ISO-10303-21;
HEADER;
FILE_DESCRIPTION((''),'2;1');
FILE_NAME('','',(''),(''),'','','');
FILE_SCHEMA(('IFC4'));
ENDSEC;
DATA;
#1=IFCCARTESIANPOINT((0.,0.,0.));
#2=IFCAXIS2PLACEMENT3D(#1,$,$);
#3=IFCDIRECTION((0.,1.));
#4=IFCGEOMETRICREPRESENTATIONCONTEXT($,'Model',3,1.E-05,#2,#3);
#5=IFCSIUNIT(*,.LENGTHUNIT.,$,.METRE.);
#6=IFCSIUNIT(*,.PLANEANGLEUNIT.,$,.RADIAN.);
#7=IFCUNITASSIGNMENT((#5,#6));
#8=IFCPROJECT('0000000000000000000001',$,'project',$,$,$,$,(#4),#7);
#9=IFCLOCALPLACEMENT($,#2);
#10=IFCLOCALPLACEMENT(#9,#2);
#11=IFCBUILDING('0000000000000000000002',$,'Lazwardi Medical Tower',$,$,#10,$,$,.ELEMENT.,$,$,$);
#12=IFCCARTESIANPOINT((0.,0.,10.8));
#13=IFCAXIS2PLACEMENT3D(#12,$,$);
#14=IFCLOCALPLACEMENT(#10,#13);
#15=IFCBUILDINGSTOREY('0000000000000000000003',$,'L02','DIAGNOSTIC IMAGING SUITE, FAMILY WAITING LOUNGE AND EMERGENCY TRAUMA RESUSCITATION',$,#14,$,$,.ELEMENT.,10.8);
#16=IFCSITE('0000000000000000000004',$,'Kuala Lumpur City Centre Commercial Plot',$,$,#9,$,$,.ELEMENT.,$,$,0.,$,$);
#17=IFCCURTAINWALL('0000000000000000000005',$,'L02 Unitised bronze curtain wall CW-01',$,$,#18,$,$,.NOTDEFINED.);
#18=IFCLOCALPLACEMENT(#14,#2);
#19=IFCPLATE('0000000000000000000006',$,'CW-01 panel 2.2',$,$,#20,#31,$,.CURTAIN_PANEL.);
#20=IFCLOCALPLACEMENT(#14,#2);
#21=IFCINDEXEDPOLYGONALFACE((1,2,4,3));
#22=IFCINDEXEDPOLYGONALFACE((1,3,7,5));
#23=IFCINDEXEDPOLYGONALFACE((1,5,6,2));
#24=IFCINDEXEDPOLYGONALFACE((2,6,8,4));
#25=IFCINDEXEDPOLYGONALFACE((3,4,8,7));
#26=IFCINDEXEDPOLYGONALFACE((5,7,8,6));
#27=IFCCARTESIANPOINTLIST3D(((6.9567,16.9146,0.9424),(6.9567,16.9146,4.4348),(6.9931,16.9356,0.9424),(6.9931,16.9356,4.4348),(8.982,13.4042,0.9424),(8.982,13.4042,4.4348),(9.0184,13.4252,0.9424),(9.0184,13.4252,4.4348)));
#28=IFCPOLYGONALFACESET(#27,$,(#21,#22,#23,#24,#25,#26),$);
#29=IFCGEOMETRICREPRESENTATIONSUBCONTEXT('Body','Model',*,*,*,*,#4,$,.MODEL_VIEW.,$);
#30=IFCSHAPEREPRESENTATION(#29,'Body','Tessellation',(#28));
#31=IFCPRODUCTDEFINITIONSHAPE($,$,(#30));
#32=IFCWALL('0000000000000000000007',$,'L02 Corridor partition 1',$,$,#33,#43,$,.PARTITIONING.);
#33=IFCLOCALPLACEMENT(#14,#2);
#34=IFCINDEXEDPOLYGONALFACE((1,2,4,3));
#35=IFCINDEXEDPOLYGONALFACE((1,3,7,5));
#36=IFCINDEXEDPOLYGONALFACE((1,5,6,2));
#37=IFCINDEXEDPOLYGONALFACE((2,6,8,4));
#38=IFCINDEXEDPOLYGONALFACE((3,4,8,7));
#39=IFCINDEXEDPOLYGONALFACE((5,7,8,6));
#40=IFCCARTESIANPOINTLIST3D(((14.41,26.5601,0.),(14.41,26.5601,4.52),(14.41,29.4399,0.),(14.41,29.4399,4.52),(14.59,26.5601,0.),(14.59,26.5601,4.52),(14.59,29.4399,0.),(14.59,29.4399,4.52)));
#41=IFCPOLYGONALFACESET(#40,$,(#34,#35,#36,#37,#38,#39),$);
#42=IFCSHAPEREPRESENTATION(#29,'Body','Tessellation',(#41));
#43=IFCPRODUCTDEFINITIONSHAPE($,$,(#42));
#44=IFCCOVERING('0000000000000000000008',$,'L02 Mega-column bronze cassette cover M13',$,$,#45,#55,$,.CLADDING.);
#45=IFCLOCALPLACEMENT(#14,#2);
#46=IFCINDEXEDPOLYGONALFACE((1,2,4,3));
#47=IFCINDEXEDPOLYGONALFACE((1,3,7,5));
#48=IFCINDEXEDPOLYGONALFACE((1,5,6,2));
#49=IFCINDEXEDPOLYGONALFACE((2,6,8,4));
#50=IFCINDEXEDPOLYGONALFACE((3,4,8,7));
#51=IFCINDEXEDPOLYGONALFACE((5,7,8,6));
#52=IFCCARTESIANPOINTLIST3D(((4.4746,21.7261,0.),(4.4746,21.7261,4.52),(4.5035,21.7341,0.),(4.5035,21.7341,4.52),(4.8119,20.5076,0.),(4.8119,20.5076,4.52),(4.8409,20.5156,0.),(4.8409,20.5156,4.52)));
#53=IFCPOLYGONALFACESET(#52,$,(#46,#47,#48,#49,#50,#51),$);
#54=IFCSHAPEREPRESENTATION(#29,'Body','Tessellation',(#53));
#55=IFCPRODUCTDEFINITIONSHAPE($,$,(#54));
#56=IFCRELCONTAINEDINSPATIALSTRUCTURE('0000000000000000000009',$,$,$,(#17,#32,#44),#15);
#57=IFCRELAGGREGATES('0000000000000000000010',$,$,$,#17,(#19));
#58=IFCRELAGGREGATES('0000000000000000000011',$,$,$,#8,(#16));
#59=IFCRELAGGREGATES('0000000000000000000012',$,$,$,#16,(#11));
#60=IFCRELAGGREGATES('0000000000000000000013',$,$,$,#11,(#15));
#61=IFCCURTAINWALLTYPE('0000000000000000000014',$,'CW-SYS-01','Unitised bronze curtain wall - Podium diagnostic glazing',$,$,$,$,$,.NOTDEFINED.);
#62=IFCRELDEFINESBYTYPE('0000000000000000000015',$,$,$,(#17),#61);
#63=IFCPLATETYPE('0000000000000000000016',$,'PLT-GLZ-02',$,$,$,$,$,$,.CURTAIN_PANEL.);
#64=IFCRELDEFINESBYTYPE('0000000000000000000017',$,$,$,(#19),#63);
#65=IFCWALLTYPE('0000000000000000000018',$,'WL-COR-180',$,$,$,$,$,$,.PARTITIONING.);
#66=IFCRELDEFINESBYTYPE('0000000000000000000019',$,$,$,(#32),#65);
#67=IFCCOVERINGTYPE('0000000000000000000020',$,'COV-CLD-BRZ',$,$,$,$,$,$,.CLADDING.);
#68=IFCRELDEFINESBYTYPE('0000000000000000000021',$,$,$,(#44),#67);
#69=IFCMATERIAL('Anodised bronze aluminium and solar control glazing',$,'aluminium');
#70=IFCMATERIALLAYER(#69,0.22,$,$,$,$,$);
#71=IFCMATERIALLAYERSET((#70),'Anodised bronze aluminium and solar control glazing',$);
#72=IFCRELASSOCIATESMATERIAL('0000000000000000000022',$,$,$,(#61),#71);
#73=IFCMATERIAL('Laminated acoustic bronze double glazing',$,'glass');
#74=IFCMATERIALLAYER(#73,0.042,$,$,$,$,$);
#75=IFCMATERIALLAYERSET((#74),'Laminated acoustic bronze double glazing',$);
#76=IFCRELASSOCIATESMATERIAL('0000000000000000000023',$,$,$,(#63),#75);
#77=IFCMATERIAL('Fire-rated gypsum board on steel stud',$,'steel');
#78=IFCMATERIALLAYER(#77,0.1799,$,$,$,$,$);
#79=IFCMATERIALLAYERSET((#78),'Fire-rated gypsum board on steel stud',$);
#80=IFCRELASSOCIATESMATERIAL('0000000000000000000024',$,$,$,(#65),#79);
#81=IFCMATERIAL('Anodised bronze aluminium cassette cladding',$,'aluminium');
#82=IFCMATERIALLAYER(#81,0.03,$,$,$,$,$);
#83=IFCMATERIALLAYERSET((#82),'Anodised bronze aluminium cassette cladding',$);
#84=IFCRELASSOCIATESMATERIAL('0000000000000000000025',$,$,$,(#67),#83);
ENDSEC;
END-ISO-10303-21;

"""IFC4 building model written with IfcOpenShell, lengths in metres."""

from ifc_helpers import new_model, si_unit, direction, frame, frame_2d, origin, origin_2d, place, context, subcontext, project, spatial, rectangle, extrude, material, layer, layer_set, type_object, element, aggregate, save


model = new_model("IFC4")

# Units and contexts
model_context = context("Model", 3, precision=1e-05, world=origin(), true_north=direction((0.0, 1.0)))
body_context = subcontext(model_context, "Body", "Model", "MODEL_VIEW")
ifc_project = project(units=[si_unit("LENGTHUNIT", "METRE"), si_unit("PLANEANGLEUNIT", "RADIAN")], contexts=[model_context])

# Site, building, storey
site_placement = place(None, origin())
site = spatial("IfcSite", under=ifc_project, at=site_placement, Name="Kuala Lumpur City Centre Commercial Plot", CompositionType="ELEMENT", RefElevation=0.0)
building_placement = place(site_placement, origin())
building = spatial("IfcBuilding", under=site, at=building_placement, Name="Lazwardi Medical Tower", CompositionType="ELEMENT")
storey_placement = place(building_placement, frame((0.0, 0.0, 10.8)))
storey = spatial("IfcBuildingStorey", under=building, at=storey_placement, Name="L02", Description="DIAGNOSTIC IMAGING SUITE, FAMILY WAITING LOUNGE AND EMERGENCY TRAUMA RESUSCITATION", CompositionType="ELEMENT", Elevation=10.8)

# Curtain wall
ifc_material_1 = material(Name="Anodised bronze aluminium and solar control glazing", Category="aluminium")
ifc_layer_1 = layer(ifc_material_1, 0.22)
ifc_layer_set_1 = layer_set([ifc_layer_1], Name="Anodised bronze aluminium and solar control glazing")
curtain_wall_type = type_object("IfcCurtainWallType", Name="CW-SYS-01", Description="Unitised bronze curtain wall - Podium diagnostic glazing", PredefinedType="NOTDEFINED", material=ifc_layer_set_1)
curtain_wall_1_placement = place(storey_placement, origin())
curtain_wall_1 = element("IfcCurtainWall", 1, at=curtain_wall_1_placement, inside=storey, type_object=curtain_wall_type, Name="L02 Unitised bronze curtain wall CW-01", PredefinedType="NOTDEFINED")

# Plate
ifc_material_2 = material(Name="Laminated acoustic bronze double glazing", Category="glass")
ifc_layer_2 = layer(ifc_material_2, 0.042)
ifc_layer_set_2 = layer_set([ifc_layer_2], Name="Laminated acoustic bronze double glazing")
plate_type_1 = type_object("IfcPlateType", Name="PLT-GLZ-02", PredefinedType="CURTAIN_PANEL", material=ifc_layer_set_2)
plate_1_placement = place(storey_placement, frame((7.9875, 15.1699, 0.9424), z_axis=(0.0, 0.0, 1.0), x_axis=(0.499731, -0.866181, 0.0)))
plate_1 = element("IfcPlate", 2, at=plate_1_placement, type_object=plate_type_1, Name="CW-01 panel 2.2", PredefinedType="CURTAIN_PANEL", context=body_context, shape_type="SweptSolid", body=[
    extrude(rectangle(XDim=4.0527, YDim=0.042, at=origin_2d()), origin(), (0.0, 0.0, 1.0), 3.4924),
])
aggregate(curtain_wall_1, [plate_1])

# Wall
ifc_material_3 = material(Name="Fire-rated gypsum board on steel stud", Category="steel")
ifc_layer_3 = layer(ifc_material_3, 0.1799)
ifc_layer_set_3 = layer_set([ifc_layer_3], Name="Fire-rated gypsum board on steel stud")
wall_type = type_object("IfcWallType", Name="WL-COR-180", PredefinedType="PARTITIONING", material=ifc_layer_set_3)
wall_placement = place(storey_placement, frame((14.5, 26.5601, 0.0), z_axis=(0.0, 0.0, 1.0), x_axis=(0.0, 1.0, 0.0)))
element("IfcWall", 3, at=wall_placement, inside=storey, type_object=wall_type, Name="L02 Corridor partition 1", PredefinedType="PARTITIONING", context=body_context, shape_type="SweptSolid", body=[
    extrude(rectangle(XDim=2.8799, YDim=0.1799, at=frame_2d((1.4399, 0.0))), origin(), (0.0, 0.0, 1.0), 4.52),
])

# Covering
ifc_material_4 = material(Name="Anodised bronze aluminium cassette cladding", Category="aluminium")
ifc_layer_4 = layer(ifc_material_4, 0.03)
ifc_layer_set_4 = layer_set([ifc_layer_4], Name="Anodised bronze aluminium cassette cladding")
covering_type = type_object("IfcCoveringType", Name="COV-CLD-BRZ", PredefinedType="CLADDING", material=ifc_layer_set_4)
covering_placement = place(storey_placement, frame((4.6577, 21.1208, 0.0), z_axis=(0.0, 0.0, 1.0), x_axis=(0.266836, -0.963742, 0.0)))
element("IfcCovering", 4, at=covering_placement, inside=storey, type_object=covering_type, Name="L02 Mega-column bronze cassette cover M13", PredefinedType="CLADDING", context=body_context, shape_type="SweptSolid", body=[
    extrude(rectangle(XDim=1.2644, YDim=0.03, at=origin_2d()), origin(), (0.0, 0.0, 1.0), 4.52),
])

save(model, "model.ifc")
